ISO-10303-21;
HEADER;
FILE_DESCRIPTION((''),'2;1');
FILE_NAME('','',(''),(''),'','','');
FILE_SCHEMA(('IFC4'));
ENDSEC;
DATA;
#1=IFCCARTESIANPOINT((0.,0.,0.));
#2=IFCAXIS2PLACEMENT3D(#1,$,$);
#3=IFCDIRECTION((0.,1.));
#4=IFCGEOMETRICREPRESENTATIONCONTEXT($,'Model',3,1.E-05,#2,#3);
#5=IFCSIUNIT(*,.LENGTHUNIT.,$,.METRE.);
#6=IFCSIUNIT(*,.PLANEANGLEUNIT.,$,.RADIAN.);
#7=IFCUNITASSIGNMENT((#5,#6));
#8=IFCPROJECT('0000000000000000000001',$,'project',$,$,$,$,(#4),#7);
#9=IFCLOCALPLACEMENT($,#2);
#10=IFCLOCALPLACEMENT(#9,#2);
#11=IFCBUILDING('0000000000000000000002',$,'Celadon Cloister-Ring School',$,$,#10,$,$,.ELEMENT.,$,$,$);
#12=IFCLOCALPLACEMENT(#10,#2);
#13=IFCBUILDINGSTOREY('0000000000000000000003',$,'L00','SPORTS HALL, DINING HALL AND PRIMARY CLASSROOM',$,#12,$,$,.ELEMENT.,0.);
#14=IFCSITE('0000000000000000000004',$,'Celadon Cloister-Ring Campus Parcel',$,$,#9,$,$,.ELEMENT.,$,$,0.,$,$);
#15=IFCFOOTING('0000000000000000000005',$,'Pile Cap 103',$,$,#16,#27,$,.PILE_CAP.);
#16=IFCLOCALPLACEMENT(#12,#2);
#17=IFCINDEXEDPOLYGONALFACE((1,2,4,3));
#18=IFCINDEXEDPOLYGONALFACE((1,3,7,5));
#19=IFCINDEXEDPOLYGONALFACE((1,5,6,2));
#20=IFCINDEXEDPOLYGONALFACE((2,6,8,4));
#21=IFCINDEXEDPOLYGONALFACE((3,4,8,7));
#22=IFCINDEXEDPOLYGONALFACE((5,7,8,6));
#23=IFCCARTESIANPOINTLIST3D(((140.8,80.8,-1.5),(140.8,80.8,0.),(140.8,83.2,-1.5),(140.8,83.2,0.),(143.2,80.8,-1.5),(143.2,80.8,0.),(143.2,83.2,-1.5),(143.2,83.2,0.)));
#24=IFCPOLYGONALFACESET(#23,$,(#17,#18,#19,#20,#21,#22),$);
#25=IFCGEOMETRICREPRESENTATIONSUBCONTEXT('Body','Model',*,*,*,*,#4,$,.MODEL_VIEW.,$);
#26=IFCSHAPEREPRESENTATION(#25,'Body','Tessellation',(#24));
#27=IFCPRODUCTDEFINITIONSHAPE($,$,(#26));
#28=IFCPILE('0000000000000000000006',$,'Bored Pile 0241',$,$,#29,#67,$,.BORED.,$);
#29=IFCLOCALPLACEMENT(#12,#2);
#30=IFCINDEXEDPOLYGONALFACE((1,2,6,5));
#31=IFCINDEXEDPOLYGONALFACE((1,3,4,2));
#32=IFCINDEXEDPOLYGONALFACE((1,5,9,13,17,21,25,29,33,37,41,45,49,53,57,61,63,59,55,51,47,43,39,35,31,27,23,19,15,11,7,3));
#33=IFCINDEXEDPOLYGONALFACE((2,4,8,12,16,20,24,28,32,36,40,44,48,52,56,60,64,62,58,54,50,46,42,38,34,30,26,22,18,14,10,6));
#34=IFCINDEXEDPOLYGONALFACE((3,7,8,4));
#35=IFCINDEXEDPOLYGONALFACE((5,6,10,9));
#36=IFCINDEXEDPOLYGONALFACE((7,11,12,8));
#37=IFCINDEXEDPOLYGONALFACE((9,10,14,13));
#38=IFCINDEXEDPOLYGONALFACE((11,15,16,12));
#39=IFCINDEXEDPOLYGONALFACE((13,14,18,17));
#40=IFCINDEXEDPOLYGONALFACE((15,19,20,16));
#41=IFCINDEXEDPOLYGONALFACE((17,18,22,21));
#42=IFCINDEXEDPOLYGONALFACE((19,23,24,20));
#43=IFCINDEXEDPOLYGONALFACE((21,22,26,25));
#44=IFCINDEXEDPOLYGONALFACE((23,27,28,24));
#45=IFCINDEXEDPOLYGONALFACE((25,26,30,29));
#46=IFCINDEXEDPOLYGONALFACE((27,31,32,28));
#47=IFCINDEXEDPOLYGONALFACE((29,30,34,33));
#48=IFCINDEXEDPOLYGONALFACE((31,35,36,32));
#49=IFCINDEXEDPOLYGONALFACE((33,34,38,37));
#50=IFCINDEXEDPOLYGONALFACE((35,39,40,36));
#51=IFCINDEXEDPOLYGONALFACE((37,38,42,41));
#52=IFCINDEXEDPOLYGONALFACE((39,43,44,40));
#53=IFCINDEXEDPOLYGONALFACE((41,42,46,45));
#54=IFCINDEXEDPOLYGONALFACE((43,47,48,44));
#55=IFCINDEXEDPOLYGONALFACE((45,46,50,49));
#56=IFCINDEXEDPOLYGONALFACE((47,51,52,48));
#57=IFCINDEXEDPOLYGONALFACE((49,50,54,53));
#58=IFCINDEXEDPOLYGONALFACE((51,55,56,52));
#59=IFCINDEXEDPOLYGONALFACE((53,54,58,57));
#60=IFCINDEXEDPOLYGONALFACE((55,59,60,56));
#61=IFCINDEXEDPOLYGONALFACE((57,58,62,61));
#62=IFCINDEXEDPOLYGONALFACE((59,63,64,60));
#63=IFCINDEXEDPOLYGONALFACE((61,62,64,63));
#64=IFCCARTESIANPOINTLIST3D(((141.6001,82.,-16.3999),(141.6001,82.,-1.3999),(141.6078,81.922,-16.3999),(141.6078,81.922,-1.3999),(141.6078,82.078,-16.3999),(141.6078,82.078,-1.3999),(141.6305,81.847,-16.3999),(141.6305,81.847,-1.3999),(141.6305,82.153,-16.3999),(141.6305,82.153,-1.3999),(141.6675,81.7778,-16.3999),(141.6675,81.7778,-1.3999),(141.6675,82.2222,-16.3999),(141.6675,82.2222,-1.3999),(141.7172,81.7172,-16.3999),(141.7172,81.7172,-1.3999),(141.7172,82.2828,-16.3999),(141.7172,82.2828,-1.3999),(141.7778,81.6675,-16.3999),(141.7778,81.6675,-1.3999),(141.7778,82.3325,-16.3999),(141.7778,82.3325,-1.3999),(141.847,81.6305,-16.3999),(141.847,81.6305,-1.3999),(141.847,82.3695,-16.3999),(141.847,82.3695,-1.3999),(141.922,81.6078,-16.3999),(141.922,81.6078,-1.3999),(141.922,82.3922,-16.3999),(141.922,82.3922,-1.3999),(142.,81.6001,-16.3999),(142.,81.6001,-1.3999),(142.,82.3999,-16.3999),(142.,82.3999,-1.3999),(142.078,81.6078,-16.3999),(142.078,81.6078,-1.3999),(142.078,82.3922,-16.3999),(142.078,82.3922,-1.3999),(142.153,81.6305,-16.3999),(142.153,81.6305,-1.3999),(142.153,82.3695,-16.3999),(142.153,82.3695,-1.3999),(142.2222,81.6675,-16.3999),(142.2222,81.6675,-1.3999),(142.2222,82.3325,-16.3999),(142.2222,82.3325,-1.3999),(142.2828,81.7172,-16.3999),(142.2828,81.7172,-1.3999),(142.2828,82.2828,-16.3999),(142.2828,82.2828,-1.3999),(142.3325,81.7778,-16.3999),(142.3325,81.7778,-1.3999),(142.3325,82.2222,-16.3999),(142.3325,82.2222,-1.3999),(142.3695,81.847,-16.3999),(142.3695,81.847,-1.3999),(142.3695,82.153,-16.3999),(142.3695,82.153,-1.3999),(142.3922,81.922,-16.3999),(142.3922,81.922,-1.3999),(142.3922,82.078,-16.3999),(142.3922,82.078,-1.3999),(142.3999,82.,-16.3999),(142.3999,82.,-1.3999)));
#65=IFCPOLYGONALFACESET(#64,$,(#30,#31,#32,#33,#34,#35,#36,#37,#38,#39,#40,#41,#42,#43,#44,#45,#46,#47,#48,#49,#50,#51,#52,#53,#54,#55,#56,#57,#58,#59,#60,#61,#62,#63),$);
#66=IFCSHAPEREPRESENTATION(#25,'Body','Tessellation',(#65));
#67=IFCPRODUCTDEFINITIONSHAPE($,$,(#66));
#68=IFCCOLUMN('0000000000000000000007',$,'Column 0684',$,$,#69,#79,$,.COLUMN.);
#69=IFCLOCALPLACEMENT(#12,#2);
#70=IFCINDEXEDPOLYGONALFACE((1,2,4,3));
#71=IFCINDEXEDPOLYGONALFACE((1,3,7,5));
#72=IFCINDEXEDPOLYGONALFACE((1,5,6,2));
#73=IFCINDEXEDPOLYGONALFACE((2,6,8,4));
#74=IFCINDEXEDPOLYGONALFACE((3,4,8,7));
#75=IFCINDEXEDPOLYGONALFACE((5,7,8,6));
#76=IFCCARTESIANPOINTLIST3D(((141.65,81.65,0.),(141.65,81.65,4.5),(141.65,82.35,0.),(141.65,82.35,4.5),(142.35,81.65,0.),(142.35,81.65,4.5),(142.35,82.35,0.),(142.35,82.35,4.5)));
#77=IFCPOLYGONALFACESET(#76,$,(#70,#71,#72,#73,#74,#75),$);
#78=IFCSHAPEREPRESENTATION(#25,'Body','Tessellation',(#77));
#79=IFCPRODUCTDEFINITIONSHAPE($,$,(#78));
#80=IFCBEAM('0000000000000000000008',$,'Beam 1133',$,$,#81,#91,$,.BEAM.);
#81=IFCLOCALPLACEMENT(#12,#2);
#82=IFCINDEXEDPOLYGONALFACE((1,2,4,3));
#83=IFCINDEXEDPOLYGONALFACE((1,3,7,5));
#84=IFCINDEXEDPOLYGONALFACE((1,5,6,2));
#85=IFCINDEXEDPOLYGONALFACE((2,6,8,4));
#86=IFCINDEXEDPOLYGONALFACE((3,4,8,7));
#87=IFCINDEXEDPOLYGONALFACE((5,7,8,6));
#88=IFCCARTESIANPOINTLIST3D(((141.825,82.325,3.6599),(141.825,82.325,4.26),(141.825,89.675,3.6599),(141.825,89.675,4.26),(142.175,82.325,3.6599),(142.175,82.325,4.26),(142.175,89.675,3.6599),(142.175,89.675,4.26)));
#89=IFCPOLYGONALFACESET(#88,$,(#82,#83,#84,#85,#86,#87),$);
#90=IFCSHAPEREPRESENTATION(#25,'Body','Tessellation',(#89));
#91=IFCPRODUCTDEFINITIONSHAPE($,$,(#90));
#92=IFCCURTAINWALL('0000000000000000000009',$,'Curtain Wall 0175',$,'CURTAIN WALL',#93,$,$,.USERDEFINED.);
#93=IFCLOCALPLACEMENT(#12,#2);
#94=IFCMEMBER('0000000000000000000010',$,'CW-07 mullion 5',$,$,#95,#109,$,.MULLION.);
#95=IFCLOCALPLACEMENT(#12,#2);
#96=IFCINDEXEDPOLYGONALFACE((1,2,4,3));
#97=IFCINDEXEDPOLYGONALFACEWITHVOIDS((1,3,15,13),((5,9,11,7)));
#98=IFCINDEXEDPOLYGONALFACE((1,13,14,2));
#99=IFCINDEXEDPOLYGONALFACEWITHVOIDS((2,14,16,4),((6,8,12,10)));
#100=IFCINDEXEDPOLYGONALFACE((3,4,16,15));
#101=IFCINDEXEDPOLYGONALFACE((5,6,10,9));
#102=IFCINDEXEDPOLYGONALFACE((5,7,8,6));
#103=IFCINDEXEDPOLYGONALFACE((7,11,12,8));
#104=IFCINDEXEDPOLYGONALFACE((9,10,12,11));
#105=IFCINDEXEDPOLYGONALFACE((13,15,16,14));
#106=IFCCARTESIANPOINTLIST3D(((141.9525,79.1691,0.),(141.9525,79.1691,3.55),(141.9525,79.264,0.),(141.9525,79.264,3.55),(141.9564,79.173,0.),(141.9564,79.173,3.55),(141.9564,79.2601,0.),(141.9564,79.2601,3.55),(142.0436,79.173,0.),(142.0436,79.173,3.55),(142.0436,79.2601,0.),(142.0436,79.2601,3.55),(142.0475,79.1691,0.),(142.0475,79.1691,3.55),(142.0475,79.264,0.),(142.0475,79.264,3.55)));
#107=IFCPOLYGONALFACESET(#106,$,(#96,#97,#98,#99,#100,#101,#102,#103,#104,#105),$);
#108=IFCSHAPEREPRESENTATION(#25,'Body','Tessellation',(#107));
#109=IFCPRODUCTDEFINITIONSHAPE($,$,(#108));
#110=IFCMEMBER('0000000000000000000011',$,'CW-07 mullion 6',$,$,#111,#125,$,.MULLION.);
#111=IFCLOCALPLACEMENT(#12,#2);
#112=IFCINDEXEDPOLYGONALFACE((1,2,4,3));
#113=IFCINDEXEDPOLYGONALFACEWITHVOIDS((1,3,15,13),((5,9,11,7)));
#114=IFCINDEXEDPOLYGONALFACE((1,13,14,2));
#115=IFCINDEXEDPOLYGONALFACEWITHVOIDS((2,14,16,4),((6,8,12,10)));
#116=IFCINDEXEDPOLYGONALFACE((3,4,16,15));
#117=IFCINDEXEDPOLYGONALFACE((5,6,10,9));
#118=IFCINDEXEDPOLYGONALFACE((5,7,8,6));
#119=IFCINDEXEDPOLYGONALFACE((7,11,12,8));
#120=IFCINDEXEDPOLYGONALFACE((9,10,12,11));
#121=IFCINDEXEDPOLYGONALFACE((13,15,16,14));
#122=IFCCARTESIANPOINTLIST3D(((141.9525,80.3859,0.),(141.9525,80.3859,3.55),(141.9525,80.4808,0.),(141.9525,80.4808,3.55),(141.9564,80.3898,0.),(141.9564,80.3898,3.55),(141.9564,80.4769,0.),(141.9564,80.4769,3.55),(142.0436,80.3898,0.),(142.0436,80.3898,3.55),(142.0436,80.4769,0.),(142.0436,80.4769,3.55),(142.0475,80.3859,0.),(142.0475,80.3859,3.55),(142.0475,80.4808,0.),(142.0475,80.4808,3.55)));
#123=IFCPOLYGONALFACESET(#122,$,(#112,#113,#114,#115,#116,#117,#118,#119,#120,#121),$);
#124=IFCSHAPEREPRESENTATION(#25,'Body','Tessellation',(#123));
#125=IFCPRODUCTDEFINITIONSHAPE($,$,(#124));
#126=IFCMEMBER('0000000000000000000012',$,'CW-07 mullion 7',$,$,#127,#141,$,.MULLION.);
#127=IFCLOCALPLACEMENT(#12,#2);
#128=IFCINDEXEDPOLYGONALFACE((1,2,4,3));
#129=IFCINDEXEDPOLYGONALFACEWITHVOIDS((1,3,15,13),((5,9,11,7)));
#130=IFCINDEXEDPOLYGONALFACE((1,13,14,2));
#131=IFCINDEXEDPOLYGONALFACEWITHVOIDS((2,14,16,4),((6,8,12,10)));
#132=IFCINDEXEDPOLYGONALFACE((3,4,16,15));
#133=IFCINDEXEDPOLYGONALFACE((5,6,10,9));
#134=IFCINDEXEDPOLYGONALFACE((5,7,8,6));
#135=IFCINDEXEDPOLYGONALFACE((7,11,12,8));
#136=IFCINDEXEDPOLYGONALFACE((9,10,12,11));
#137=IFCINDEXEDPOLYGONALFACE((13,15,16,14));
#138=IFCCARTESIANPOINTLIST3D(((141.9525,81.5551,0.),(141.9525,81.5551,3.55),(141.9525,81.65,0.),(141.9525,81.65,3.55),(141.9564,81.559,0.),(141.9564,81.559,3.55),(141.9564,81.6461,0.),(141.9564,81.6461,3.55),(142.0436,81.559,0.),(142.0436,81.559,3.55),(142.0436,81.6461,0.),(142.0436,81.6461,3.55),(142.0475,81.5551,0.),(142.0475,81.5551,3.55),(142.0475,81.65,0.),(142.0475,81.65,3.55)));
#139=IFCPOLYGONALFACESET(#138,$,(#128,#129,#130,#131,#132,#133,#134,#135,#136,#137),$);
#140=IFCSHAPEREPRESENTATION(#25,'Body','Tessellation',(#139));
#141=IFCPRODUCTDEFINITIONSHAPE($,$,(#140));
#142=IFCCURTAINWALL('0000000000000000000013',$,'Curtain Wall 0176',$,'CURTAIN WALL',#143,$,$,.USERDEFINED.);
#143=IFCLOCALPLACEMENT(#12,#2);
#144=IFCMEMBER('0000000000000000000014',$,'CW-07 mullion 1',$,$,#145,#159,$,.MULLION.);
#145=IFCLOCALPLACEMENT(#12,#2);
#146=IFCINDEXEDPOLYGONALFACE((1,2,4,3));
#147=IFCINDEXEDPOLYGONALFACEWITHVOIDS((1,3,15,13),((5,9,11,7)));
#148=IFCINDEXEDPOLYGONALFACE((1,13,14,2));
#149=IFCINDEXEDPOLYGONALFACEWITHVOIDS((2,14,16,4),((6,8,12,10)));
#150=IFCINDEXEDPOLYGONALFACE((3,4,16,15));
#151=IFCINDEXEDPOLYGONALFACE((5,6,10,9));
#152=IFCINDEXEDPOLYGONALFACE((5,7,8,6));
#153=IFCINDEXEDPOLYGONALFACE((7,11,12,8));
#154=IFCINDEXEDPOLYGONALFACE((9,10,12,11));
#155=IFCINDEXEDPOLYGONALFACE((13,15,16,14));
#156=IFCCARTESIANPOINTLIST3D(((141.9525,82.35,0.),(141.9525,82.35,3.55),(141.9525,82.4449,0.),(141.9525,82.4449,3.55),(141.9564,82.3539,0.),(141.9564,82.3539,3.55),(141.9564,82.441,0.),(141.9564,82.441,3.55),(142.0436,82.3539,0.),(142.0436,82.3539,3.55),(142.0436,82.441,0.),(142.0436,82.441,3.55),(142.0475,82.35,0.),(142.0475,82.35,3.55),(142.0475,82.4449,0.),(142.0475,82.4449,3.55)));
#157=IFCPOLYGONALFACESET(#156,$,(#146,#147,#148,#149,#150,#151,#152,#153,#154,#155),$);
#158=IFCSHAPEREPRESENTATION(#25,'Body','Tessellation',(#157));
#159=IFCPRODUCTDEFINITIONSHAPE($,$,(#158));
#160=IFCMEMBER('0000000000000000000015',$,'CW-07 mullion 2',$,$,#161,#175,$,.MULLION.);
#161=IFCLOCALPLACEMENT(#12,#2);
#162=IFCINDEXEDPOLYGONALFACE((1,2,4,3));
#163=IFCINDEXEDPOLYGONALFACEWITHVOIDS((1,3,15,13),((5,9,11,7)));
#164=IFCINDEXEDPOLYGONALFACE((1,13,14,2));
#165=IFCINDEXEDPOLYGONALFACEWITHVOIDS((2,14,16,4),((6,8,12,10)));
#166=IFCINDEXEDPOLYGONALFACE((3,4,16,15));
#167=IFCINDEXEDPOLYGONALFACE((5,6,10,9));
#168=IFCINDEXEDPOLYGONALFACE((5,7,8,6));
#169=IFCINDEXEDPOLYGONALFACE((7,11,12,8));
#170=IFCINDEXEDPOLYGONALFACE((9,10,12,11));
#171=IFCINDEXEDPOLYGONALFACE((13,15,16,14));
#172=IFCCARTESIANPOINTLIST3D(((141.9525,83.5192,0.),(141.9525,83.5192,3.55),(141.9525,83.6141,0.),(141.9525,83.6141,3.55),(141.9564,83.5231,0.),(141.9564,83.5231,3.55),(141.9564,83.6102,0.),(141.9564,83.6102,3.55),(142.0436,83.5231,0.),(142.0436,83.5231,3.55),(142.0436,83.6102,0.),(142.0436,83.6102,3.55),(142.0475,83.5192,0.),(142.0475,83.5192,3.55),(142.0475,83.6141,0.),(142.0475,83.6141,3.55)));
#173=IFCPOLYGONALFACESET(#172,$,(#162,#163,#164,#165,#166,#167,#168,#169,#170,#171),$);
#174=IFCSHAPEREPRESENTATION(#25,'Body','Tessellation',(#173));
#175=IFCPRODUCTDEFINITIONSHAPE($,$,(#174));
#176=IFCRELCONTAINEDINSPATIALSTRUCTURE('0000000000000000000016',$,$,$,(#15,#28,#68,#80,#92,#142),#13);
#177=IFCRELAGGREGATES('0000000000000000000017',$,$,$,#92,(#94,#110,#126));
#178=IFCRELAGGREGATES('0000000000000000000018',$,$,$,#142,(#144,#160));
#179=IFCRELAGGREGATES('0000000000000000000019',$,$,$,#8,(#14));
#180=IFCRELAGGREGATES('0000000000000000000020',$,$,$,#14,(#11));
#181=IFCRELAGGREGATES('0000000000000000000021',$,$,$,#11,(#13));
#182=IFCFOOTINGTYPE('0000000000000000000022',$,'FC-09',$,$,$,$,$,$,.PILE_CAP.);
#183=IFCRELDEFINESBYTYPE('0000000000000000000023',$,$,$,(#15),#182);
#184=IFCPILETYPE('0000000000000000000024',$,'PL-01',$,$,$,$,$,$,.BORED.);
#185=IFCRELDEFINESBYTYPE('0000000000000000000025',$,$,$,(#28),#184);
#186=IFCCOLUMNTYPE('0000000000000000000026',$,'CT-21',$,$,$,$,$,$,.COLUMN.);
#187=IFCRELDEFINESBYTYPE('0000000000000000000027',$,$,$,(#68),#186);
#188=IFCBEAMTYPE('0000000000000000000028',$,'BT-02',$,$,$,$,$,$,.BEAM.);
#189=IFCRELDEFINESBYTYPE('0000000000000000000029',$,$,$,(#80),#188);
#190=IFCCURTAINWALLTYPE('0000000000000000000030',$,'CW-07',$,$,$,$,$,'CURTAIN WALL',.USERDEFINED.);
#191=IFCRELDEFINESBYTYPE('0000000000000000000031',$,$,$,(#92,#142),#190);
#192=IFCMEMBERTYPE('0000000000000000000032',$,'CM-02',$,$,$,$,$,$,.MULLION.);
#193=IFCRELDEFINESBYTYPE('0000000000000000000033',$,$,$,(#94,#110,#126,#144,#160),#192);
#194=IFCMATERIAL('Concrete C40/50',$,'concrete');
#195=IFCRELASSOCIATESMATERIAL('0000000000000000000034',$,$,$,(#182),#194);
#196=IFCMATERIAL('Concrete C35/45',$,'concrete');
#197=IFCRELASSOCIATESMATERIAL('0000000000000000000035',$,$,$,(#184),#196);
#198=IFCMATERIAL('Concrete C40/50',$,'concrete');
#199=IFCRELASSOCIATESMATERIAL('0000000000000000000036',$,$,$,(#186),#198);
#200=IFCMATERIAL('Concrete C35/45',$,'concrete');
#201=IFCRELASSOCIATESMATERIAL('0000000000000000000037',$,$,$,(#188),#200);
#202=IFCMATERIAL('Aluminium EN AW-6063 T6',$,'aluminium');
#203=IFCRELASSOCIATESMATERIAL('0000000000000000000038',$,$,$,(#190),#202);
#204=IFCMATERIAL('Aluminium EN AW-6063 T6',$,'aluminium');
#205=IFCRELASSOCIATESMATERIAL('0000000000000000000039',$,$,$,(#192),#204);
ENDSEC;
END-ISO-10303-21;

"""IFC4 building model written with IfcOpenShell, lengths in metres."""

from ifc_helpers import new_model, si_unit, direction, frame, origin, origin_2d, place, context, subcontext, project, spatial, rectangle, hollow_rectangle, circle, extrude, material, material_profile, profile_set, type_object, element, aggregate, save


model = new_model("IFC4")

# Units and contexts
model_context = context("Model", 3, precision=1e-05, world=origin(), true_north=direction((0.0, 1.0)))
body_context = subcontext(model_context, "Body", "Model", "MODEL_VIEW")
ifc_project = project(units=[si_unit("LENGTHUNIT", "METRE"), si_unit("PLANEANGLEUNIT", "RADIAN")], contexts=[model_context])

# Site, building, storey
site_placement = place(None, origin())
site = spatial("IfcSite", under=ifc_project, at=site_placement, Name="Celadon Cloister-Ring Campus Parcel", CompositionType="ELEMENT", RefElevation=0.0)
building_placement = place(site_placement, origin())
building = spatial("IfcBuilding", under=site, at=building_placement, Name="Celadon Cloister-Ring School", CompositionType="ELEMENT")
storey_placement = place(building_placement, origin())
storey = spatial("IfcBuildingStorey", under=building, at=storey_placement, Name="L00", Description="SPORTS HALL, DINING HALL AND PRIMARY CLASSROOM", CompositionType="ELEMENT", Elevation=0.0)

# Footing
ifc_material_1 = material(Name="Concrete C40/50", Category="concrete")
footing_type = type_object("IfcFootingType", Name="FC-09", PredefinedType="PILE_CAP", material=ifc_material_1)
footing_placement = place(storey_placement, frame((142.0, 82.0, -1.5), z_axis=(0.0, 0.0, 1.0), x_axis=(1.0, 0.0, 0.0)))
element("IfcFooting", 1, at=footing_placement, inside=storey, type_object=footing_type, Name="Pile Cap 103", PredefinedType="PILE_CAP", context=body_context, shape_type="SweptSolid", body=[
    extrude(rectangle(XDim=2.3999, YDim=2.3999, at=origin_2d()), origin(), (0.0, 0.0, 1.0), 1.5),
])

# Pile
ifc_material_2 = material(Name="Concrete C35/45", Category="concrete")
ifc_material_profile_1 = material_profile(ifc_material_2, circle(Radius=0.3999, at=origin_2d()), Name="PILE800")
ifc_profile_set_1 = profile_set([ifc_material_profile_1], Name="Concrete C35/45")
pile_type = type_object("IfcPileType", Name="PL-01", PredefinedType="BORED", material=ifc_profile_set_1)
pile_placement = place(storey_placement, frame((142.0, 82.0, -1.3999), z_axis=(0.0, 0.0, -1.0), x_axis=(1.0, 0.0, 0.0)))
element("IfcPile", 2, at=pile_placement, inside=storey, type_object=pile_type, Name="Bored Pile 0241", PredefinedType="BORED", context=body_context, shape_type="SweptSolid", body=[
    extrude(circle(Radius=0.3999, at=origin_2d()), origin(), (0.0, 0.0, 1.0), 15.0),
])

# Column
ifc_material_3 = material(Name="Concrete C40/50", Category="concrete")
ifc_material_profile_2 = material_profile(ifc_material_3, rectangle(XDim=0.7, YDim=0.7, at=origin_2d()), Name="RC700X700")
ifc_profile_set_2 = profile_set([ifc_material_profile_2], Name="Concrete C40/50")
column_type = type_object("IfcColumnType", Name="CT-21", PredefinedType="COLUMN", material=ifc_profile_set_2)
column_placement = place(storey_placement, frame((142.0, 82.0, 0.0), z_axis=(0.0, 0.0, 1.0), x_axis=(1.0, 0.0, 0.0)))
element("IfcColumn", 3, at=column_placement, inside=storey, type_object=column_type, Name="Column 0684", PredefinedType="COLUMN", context=body_context, shape_type="SweptSolid", body=[
    extrude(rectangle(XDim=0.7, YDim=0.7, at=origin_2d()), origin(), (0.0, 0.0, 1.0), 4.5),
])

# Beam
ifc_material_4 = material(Name="Concrete C35/45", Category="concrete")
ifc_material_profile_3 = material_profile(ifc_material_4, rectangle(XDim=0.3501, YDim=0.6001, at=origin_2d()), Name="RC350X600")
ifc_profile_set_3 = profile_set([ifc_material_profile_3], Name="Concrete C35/45")
beam_type = type_object("IfcBeamType", Name="BT-02", PredefinedType="BEAM", material=ifc_profile_set_3)
beam_placement = place(storey_placement, frame((142.0, 82.325, 3.96), z_axis=(0.0, 1.0, 0.0), x_axis=(-1.0, 0.0, 0.0)))
element("IfcBeam", 4, at=beam_placement, inside=storey, type_object=beam_type, Name="Beam 1133", PredefinedType="BEAM", context=body_context, shape_type="SweptSolid", body=[
    extrude(rectangle(XDim=0.3501, YDim=0.6001, at=origin_2d()), origin(), (0.0, 0.0, 1.0), 7.3501),
])

# Curtain walls, members
ifc_material_5 = material(Name="Aluminium EN AW-6063 T6", Category="aluminium")
curtain_wall_type = type_object("IfcCurtainWallType", Name="CW-07", ElementType="CURTAIN WALL", PredefinedType="USERDEFINED", material=ifc_material_5)
curtain_wall_1_placement = place(storey_placement, origin())
curtain_wall_1 = element("IfcCurtainWall", 5, at=curtain_wall_1_placement, inside=storey, type_object=curtain_wall_type, Name="Curtain Wall 0175", ObjectType="CURTAIN WALL", PredefinedType="USERDEFINED")
ifc_material_6 = material(Name="Aluminium EN AW-6063 T6", Category="aluminium")
ifc_material_profile_4 = material_profile(ifc_material_6, hollow_rectangle(XDim=0.095, YDim=0.095, WallThickness=0.0039, at=origin_2d()), Name="RHS95X95X4")
ifc_profile_set_4 = profile_set([ifc_material_profile_4], Name="Aluminium EN AW-6063 T6")
member_type_1 = type_object("IfcMemberType", Name="CM-02", PredefinedType="MULLION", material=ifc_profile_set_4)
member_1_placement = place(storey_placement, frame((142.0, 79.2166, 0.0), z_axis=(0.0, 0.0, 1.0), x_axis=(-1.0, 0.0, 0.0)))
member_1 = element("IfcMember", 6, at=member_1_placement, type_object=member_type_1, Name="CW-07 mullion 5", PredefinedType="MULLION", context=body_context, shape_type="SweptSolid", body=[
    extrude(hollow_rectangle(XDim=0.095, YDim=0.095, WallThickness=0.0039, at=origin_2d()), origin(), (0.0, 0.0, 1.0), 3.55),
])
member_2_placement = place(storey_placement, frame((142.0, 80.4333, 0.0), z_axis=(0.0, 0.0, 1.0), x_axis=(-1.0, 0.0, 0.0)))
member_2 = element("IfcMember", 7, at=member_2_placement, type_object=member_type_1, Name="CW-07 mullion 6", PredefinedType="MULLION", context=body_context, shape_type="SweptSolid", body=[
    extrude(hollow_rectangle(XDim=0.095, YDim=0.095, WallThickness=0.0039, at=origin_2d()), origin(), (0.0, 0.0, 1.0), 3.55),
])
member_3_placement = place(storey_placement, frame((142.0, 81.6025, 0.0), z_axis=(0.0, 0.0, 1.0), x_axis=(-1.0, 0.0, 0.0)))
member_3 = element("IfcMember", 8, at=member_3_placement, type_object=member_type_1, Name="CW-07 mullion 7", PredefinedType="MULLION", context=body_context, shape_type="SweptSolid", body=[
    extrude(hollow_rectangle(XDim=0.095, YDim=0.095, WallThickness=0.0039, at=origin_2d()), origin(), (0.0, 0.0, 1.0), 3.55),
])
curtain_wall_2_placement = place(storey_placement, origin())
curtain_wall_2 = element("IfcCurtainWall", 9, at=curtain_wall_2_placement, inside=storey, type_object=curtain_wall_type, Name="Curtain Wall 0176", ObjectType="CURTAIN WALL", PredefinedType="USERDEFINED")
member_4_placement = place(storey_placement, frame((142.0, 82.3975, 0.0), z_axis=(0.0, 0.0, 1.0), x_axis=(-1.0, 0.0, 0.0)))
member_4 = element("IfcMember", 10, at=member_4_placement, type_object=member_type_1, Name="CW-07 mullion 1", PredefinedType="MULLION", context=body_context, shape_type="SweptSolid", body=[
    extrude(hollow_rectangle(XDim=0.095, YDim=0.095, WallThickness=0.0039, at=origin_2d()), origin(), (0.0, 0.0, 1.0), 3.55),
])
member_5_placement = place(storey_placement, frame((142.0, 83.5667, 0.0), z_axis=(0.0, 0.0, 1.0), x_axis=(-1.0, 0.0, 0.0)))
member_5 = element("IfcMember", 11, at=member_5_placement, type_object=member_type_1, Name="CW-07 mullion 2", PredefinedType="MULLION", context=body_context, shape_type="SweptSolid", body=[
    extrude(hollow_rectangle(XDim=0.095, YDim=0.095, WallThickness=0.0039, at=origin_2d()), origin(), (0.0, 0.0, 1.0), 3.55),
])

aggregate(curtain_wall_1, [member_1, member_2, member_3])
aggregate(curtain_wall_2, [member_4, member_5])

save(model, "model.ifc")
